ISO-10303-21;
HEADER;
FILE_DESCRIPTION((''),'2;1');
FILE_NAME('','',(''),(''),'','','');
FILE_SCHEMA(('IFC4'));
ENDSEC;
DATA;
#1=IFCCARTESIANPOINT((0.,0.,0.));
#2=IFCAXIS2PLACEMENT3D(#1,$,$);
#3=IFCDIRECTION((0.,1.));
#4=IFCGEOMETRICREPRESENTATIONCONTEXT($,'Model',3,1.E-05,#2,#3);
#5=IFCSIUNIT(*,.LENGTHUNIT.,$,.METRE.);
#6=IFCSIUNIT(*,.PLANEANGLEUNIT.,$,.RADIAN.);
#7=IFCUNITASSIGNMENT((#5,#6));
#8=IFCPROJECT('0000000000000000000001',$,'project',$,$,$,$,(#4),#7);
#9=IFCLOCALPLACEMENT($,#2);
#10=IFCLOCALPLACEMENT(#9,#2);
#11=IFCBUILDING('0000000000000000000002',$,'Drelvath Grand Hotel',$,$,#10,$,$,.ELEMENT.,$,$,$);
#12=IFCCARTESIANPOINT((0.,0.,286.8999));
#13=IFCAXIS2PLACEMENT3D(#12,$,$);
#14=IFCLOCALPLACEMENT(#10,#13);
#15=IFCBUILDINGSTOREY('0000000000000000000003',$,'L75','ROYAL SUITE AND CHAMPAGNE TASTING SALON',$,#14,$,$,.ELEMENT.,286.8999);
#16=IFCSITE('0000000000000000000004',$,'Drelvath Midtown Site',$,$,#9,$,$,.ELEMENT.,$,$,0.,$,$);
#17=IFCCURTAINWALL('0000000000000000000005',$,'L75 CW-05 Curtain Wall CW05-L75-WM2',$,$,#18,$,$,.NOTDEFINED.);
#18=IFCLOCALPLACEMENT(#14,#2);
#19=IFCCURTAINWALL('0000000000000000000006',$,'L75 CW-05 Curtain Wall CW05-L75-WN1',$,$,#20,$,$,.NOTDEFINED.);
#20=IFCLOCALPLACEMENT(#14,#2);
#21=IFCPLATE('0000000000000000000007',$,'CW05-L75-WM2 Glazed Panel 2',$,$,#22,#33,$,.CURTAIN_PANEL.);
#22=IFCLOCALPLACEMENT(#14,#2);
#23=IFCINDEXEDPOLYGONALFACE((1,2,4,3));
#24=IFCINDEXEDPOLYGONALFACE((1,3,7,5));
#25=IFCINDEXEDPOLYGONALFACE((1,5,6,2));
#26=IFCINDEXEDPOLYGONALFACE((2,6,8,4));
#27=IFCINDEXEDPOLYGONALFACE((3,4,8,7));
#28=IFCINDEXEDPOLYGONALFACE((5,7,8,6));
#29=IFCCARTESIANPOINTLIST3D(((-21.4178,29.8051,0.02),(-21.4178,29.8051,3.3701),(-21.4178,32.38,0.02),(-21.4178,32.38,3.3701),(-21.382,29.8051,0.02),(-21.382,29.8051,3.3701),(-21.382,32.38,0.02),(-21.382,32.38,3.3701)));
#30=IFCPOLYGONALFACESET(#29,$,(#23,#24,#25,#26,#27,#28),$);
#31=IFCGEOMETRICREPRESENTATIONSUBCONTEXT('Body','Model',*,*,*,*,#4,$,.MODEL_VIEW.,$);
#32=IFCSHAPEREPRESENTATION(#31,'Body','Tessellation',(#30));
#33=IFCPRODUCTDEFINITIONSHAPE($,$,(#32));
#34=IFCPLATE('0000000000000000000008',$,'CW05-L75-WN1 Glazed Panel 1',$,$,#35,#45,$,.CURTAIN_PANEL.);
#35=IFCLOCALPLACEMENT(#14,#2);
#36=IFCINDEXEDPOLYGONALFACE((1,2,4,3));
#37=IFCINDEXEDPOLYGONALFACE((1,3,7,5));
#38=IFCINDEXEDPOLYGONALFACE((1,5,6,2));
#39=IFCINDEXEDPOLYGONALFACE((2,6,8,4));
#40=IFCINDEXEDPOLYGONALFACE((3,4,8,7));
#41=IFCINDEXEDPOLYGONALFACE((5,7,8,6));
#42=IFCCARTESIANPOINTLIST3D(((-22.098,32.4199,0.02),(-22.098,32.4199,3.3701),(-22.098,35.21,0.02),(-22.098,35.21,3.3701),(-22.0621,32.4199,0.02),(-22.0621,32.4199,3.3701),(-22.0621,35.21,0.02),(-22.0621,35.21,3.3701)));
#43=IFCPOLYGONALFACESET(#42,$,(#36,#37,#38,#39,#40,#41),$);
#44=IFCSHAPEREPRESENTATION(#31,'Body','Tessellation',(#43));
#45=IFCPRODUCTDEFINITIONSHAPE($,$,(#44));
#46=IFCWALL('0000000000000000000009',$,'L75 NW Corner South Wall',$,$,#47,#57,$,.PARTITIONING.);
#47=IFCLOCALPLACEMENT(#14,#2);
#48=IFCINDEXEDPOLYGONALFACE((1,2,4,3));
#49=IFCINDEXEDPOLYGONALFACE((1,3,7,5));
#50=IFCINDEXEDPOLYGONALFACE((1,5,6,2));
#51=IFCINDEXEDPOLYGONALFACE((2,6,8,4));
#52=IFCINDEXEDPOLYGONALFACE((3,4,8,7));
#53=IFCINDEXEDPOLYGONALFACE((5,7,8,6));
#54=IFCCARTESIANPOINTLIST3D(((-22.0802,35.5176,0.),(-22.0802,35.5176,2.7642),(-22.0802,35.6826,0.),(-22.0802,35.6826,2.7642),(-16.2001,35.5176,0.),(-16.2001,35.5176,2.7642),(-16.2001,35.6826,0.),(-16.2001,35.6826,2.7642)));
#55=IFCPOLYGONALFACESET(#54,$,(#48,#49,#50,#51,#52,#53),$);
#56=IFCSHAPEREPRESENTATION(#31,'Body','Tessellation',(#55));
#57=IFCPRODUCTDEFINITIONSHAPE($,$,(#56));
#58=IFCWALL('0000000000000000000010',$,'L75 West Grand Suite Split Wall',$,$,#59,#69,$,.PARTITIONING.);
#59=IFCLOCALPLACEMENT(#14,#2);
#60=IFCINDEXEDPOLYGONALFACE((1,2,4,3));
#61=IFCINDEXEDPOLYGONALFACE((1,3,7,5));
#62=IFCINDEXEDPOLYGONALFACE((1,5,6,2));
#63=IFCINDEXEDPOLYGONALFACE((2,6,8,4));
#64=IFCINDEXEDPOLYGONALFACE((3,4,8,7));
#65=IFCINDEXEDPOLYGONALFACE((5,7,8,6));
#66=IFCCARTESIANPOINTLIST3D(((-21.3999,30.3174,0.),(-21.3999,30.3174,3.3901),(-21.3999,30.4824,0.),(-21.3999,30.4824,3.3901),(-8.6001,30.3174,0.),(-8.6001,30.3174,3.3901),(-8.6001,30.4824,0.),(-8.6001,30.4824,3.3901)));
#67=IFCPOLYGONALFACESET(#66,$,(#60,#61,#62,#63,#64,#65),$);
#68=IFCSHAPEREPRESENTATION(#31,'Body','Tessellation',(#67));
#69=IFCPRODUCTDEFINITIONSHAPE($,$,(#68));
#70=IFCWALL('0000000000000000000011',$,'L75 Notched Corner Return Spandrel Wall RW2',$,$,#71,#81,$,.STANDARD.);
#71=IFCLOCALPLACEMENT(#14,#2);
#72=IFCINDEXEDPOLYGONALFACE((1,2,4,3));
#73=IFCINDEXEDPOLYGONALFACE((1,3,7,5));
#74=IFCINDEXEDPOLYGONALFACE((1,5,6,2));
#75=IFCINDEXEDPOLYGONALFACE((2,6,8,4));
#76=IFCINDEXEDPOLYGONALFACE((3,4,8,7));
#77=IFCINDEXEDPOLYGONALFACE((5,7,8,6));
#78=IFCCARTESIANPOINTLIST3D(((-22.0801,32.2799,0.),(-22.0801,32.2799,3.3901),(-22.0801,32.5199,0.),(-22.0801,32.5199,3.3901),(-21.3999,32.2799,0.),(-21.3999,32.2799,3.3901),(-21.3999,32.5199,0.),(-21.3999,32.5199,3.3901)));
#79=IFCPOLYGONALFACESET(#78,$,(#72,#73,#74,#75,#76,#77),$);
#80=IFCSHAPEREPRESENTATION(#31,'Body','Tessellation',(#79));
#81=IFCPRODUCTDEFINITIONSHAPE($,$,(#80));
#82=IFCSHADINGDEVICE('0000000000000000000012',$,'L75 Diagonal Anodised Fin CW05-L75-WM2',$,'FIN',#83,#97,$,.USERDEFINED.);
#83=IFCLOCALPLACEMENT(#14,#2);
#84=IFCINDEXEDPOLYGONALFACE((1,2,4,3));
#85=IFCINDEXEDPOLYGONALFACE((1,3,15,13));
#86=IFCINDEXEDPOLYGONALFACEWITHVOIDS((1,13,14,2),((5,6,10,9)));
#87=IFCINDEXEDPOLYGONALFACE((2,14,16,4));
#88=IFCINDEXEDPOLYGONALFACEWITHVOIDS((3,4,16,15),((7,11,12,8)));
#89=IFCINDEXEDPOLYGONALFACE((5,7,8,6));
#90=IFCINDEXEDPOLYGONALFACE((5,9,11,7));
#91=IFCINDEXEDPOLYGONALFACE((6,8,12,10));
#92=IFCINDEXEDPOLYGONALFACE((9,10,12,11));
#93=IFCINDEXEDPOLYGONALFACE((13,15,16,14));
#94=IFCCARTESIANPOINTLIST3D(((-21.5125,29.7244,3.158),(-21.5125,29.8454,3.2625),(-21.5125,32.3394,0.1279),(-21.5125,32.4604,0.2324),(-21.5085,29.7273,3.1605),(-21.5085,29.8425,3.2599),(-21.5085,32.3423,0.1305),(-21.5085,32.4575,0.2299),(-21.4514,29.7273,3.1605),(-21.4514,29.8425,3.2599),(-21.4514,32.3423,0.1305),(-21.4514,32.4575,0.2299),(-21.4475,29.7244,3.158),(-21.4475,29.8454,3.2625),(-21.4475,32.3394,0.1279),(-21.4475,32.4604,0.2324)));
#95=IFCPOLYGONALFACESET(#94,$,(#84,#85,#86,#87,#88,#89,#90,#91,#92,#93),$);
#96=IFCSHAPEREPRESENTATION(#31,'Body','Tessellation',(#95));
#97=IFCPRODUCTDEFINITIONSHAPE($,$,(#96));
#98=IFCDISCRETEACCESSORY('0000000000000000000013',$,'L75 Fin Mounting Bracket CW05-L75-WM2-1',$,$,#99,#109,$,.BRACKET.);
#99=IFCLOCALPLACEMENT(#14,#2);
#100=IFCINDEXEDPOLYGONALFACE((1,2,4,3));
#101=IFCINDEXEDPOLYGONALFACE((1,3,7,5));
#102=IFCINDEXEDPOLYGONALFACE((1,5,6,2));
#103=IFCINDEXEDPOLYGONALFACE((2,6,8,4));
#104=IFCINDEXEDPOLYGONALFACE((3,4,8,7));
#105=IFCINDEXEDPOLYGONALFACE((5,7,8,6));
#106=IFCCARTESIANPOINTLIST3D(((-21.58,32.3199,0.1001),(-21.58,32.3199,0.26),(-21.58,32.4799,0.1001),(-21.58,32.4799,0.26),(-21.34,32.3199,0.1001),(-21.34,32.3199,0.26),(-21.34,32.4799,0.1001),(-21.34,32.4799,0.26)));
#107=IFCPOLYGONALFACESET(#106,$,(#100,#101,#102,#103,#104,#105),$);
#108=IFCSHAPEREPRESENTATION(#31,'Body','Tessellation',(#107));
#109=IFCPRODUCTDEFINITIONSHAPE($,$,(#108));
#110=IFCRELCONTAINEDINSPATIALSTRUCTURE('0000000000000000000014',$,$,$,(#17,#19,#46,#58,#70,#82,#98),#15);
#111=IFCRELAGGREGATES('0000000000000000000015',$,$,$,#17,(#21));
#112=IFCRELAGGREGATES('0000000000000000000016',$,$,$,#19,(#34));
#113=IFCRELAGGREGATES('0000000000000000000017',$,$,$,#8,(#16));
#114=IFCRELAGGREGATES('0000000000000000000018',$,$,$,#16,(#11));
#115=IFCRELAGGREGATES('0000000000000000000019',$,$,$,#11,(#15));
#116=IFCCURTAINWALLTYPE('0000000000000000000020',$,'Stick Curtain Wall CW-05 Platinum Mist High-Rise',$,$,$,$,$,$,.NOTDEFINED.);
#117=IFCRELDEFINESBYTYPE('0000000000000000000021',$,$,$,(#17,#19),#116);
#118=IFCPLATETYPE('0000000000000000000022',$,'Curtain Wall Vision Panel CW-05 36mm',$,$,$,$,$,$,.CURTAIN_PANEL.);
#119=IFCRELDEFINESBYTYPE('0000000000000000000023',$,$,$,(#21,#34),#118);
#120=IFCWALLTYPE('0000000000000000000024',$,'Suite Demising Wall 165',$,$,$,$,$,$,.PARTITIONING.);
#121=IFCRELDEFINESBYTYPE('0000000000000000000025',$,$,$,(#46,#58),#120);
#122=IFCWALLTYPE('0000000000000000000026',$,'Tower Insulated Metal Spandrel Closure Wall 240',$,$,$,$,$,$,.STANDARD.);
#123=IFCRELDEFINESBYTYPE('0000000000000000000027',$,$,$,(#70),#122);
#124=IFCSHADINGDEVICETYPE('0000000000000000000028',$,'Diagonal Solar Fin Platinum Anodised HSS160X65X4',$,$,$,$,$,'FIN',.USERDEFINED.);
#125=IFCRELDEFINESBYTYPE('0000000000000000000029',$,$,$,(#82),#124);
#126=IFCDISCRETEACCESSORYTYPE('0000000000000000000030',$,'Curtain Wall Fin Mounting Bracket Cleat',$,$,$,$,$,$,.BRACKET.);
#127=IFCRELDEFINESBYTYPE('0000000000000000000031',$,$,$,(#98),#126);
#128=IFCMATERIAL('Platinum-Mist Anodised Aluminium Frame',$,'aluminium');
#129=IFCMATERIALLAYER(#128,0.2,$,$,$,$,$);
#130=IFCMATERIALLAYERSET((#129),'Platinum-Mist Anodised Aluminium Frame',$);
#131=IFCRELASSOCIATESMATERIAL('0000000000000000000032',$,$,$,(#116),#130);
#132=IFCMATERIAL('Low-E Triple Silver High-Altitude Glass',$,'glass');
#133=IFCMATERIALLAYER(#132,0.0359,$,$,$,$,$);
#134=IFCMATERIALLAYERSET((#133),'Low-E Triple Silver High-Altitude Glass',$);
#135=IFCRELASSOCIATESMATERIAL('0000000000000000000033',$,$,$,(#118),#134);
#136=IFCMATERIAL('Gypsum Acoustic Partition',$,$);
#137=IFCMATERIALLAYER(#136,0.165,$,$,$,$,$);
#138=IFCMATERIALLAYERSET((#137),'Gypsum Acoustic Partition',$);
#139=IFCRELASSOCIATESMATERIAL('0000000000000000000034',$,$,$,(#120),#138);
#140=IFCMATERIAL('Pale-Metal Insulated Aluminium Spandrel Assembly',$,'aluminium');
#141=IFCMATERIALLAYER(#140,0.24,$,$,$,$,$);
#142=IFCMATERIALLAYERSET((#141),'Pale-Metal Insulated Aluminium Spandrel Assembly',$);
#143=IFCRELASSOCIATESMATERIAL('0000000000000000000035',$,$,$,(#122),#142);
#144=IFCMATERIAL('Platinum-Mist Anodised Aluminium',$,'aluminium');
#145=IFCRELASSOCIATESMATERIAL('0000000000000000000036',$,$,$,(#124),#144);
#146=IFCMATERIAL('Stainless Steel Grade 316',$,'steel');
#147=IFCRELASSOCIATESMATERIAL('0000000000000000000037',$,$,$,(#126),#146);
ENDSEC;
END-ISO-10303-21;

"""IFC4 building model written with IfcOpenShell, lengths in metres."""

from ifc_helpers import new_model, si_unit, direction, frame, frame_2d, origin, origin_2d, place, context, subcontext, project, spatial, rectangle, hollow_rectangle, extrude, material, layer, layer_set, material_profile, profile_set, type_object, element, aggregate, save


model = new_model("IFC4")

# Units and contexts
model_context = context("Model", 3, precision=1e-05, world=origin(), true_north=direction((0.0, 1.0)))
body_context = subcontext(model_context, "Body", "Model", "MODEL_VIEW")
ifc_project = project(units=[si_unit("LENGTHUNIT", "METRE"), si_unit("PLANEANGLEUNIT", "RADIAN")], contexts=[model_context])

# Site, building, storey
site_placement = place(None, origin())
site = spatial("IfcSite", under=ifc_project, at=site_placement, Name="Drelvath Midtown Site", CompositionType="ELEMENT", RefElevation=0.0)
building_placement = place(site_placement, origin())
building = spatial("IfcBuilding", under=site, at=building_placement, Name="Drelvath Grand Hotel", CompositionType="ELEMENT")
storey_placement = place(building_placement, frame((0.0, 0.0, 286.8999)))
storey = spatial("IfcBuildingStorey", under=building, at=storey_placement, Name="L75", Description="ROYAL SUITE AND CHAMPAGNE TASTING SALON", CompositionType="ELEMENT", Elevation=286.8999)

# Curtain walls
ifc_material_1 = material(Name="Platinum-Mist Anodised Aluminium Frame", Category="aluminium")
ifc_layer_1 = layer(ifc_material_1, 0.2)
ifc_layer_set_1 = layer_set([ifc_layer_1], Name="Platinum-Mist Anodised Aluminium Frame")
curtain_wall_type = type_object("IfcCurtainWallType", Name="Stick Curtain Wall CW-05 Platinum Mist High-Rise", PredefinedType="NOTDEFINED", material=ifc_layer_set_1)
curtain_wall_1_placement = place(storey_placement, origin())
curtain_wall_1 = element("IfcCurtainWall", 1, at=curtain_wall_1_placement, inside=storey, type_object=curtain_wall_type, Name="L75 CW-05 Curtain Wall CW05-L75-WM2", PredefinedType="NOTDEFINED")
curtain_wall_2_placement = place(storey_placement, origin())
curtain_wall_2 = element("IfcCurtainWall", 2, at=curtain_wall_2_placement, inside=storey, type_object=curtain_wall_type, Name="L75 CW-05 Curtain Wall CW05-L75-WN1", PredefinedType="NOTDEFINED")

# Plates
ifc_material_2 = material(Name="Low-E Triple Silver High-Altitude Glass", Category="glass")
ifc_layer_2 = layer(ifc_material_2, 0.0359)
ifc_layer_set_2 = layer_set([ifc_layer_2], Name="Low-E Triple Silver High-Altitude Glass")
plate_type = type_object("IfcPlateType", Name="Curtain Wall Vision Panel CW-05 36mm", PredefinedType="CURTAIN_PANEL", material=ifc_layer_set_2)
plate_1_placement = place(storey_placement, frame((-21.3999, 31.0925, 0.02), z_axis=(0.0, 0.0, 1.0), x_axis=(0.0, 1.0, 0.0)))
plate_1 = element("IfcPlate", 3, at=plate_1_placement, type_object=plate_type, Name="CW05-L75-WM2 Glazed Panel 2", PredefinedType="CURTAIN_PANEL", context=body_context, shape_type="SweptSolid", body=[
    extrude(rectangle(XDim=2.575, YDim=0.0359, at=origin_2d()), origin(), (0.0, 0.0, 1.0), 3.3501),
])
aggregate(curtain_wall_1, [plate_1])
plate_2_placement = place(storey_placement, frame((-22.0801, 33.8149, 0.02), z_axis=(0.0, 0.0, 1.0), x_axis=(0.0, 1.0, 0.0)))
plate_2 = element("IfcPlate", 4, at=plate_2_placement, type_object=plate_type, Name="CW05-L75-WN1 Glazed Panel 1", PredefinedType="CURTAIN_PANEL", context=body_context, shape_type="SweptSolid", body=[
    extrude(rectangle(XDim=2.79, YDim=0.0359, at=origin_2d()), origin(), (0.0, 0.0, 1.0), 3.3501),
])
aggregate(curtain_wall_2, [plate_2])

# Walls
ifc_material_3 = material(Name="Gypsum Acoustic Partition")
ifc_layer_3 = layer(ifc_material_3, 0.165)
ifc_layer_set_3 = layer_set([ifc_layer_3], Name="Gypsum Acoustic Partition")
wall_type_1 = type_object("IfcWallType", Name="Suite Demising Wall 165", PredefinedType="PARTITIONING", material=ifc_layer_set_3)
wall_1_placement = place(storey_placement, frame((-22.0801, 35.6001, 0.0), z_axis=(0.0, 0.0, 1.0), x_axis=(1.0, 0.0, 0.0)))
element("IfcWall", 5, at=wall_1_placement, inside=storey, type_object=wall_type_1, Name="L75 NW Corner South Wall", PredefinedType="PARTITIONING", context=body_context, shape_type="SweptSolid", body=[
    extrude(rectangle(XDim=5.8801, YDim=0.165, at=frame_2d((2.9399, 0.0))), origin(), (0.0, 0.0, 1.0), 2.7642),
])
wall_2_placement = place(storey_placement, frame((-21.3999, 30.3999, 0.0), z_axis=(0.0, 0.0, 1.0), x_axis=(1.0, 0.0, 0.0)))
element("IfcWall", 6, at=wall_2_placement, inside=storey, type_object=wall_type_1, Name="L75 West Grand Suite Split Wall", PredefinedType="PARTITIONING", context=body_context, shape_type="SweptSolid", body=[
    extrude(rectangle(XDim=12.7998, YDim=0.165, at=frame_2d((6.3999, 0.0))), origin(), (0.0, 0.0, 1.0), 3.3901),
])
ifc_material_4 = material(Name="Pale-Metal Insulated Aluminium Spandrel Assembly", Category="aluminium")
ifc_layer_4 = layer(ifc_material_4, 0.24)
ifc_layer_set_4 = layer_set([ifc_layer_4], Name="Pale-Metal Insulated Aluminium Spandrel Assembly")
wall_type_2 = type_object("IfcWallType", Name="Tower Insulated Metal Spandrel Closure Wall 240", PredefinedType="STANDARD", material=ifc_layer_set_4)
wall_3_placement = place(storey_placement, frame((-21.3999, 32.3999, 0.0), z_axis=(0.0, 0.0, 1.0), x_axis=(-1.0, 0.0, 0.0)))
element("IfcWall", 7, at=wall_3_placement, inside=storey, type_object=wall_type_2, Name="L75 Notched Corner Return Spandrel Wall RW2", PredefinedType="STANDARD", context=body_context, shape_type="SweptSolid", body=[
    extrude(rectangle(XDim=0.6802, YDim=0.24, at=frame_2d((0.3401, 0.0))), origin(), (0.0, 0.0, 1.0), 3.3901),
])

# Shading device
ifc_material_5 = material(Name="Platinum-Mist Anodised Aluminium", Category="aluminium")
ifc_material_profile_1 = material_profile(ifc_material_5, hollow_rectangle(XDim=0.0649, YDim=0.1599, WallThickness=0.0039, at=origin_2d()), Name="HSS160X65X4")
ifc_profile_set_1 = profile_set([ifc_material_profile_1], Name="Platinum-Mist Anodised Aluminium")
shading_device_type = type_object("IfcShadingDeviceType", Name="Diagonal Solar Fin Platinum Anodised HSS160X65X4", ElementType="FIN", PredefinedType="USERDEFINED", material=ifc_profile_set_1)
shading_device_placement = place(storey_placement, frame((-21.48, 32.3999, 0.1802), z_axis=(0.0, -0.653355, 0.757052), x_axis=(1.0, 0.0, 0.0)))
element("IfcShadingDevice", 8, at=shading_device_placement, inside=storey, type_object=shading_device_type, Name="L75 Diagonal Anodised Fin CW05-L75-WM2", ObjectType="FIN", PredefinedType="USERDEFINED", context=body_context, shape_type="SweptSolid", body=[
    extrude(hollow_rectangle(XDim=0.0649, YDim=0.1599, WallThickness=0.0039, at=origin_2d()), origin(), (0.0, 0.0, 1.0), 4.0024),
])

# Discrete accessory
ifc_material_6 = material(Name="Stainless Steel Grade 316", Category="steel")
discrete_accessory_type = type_object("IfcDiscreteAccessoryType", Name="Curtain Wall Fin Mounting Bracket Cleat", PredefinedType="BRACKET", material=ifc_material_6)
discrete_accessory_placement = place(storey_placement, frame((-21.46, 32.3999, 0.1001), z_axis=(0.0, 0.0, 1.0), x_axis=(0.0, 1.0, 0.0)))
element("IfcDiscreteAccessory", 9, at=discrete_accessory_placement, inside=storey, type_object=discrete_accessory_type, Name="L75 Fin Mounting Bracket CW05-L75-WM2-1", PredefinedType="BRACKET", context=body_context, shape_type="SweptSolid", body=[
    extrude(rectangle(XDim=0.1599, YDim=0.24, at=origin_2d()), origin(), (0.0, 0.0, 1.0), 0.1599),
])

save(model, "model.ifc")
